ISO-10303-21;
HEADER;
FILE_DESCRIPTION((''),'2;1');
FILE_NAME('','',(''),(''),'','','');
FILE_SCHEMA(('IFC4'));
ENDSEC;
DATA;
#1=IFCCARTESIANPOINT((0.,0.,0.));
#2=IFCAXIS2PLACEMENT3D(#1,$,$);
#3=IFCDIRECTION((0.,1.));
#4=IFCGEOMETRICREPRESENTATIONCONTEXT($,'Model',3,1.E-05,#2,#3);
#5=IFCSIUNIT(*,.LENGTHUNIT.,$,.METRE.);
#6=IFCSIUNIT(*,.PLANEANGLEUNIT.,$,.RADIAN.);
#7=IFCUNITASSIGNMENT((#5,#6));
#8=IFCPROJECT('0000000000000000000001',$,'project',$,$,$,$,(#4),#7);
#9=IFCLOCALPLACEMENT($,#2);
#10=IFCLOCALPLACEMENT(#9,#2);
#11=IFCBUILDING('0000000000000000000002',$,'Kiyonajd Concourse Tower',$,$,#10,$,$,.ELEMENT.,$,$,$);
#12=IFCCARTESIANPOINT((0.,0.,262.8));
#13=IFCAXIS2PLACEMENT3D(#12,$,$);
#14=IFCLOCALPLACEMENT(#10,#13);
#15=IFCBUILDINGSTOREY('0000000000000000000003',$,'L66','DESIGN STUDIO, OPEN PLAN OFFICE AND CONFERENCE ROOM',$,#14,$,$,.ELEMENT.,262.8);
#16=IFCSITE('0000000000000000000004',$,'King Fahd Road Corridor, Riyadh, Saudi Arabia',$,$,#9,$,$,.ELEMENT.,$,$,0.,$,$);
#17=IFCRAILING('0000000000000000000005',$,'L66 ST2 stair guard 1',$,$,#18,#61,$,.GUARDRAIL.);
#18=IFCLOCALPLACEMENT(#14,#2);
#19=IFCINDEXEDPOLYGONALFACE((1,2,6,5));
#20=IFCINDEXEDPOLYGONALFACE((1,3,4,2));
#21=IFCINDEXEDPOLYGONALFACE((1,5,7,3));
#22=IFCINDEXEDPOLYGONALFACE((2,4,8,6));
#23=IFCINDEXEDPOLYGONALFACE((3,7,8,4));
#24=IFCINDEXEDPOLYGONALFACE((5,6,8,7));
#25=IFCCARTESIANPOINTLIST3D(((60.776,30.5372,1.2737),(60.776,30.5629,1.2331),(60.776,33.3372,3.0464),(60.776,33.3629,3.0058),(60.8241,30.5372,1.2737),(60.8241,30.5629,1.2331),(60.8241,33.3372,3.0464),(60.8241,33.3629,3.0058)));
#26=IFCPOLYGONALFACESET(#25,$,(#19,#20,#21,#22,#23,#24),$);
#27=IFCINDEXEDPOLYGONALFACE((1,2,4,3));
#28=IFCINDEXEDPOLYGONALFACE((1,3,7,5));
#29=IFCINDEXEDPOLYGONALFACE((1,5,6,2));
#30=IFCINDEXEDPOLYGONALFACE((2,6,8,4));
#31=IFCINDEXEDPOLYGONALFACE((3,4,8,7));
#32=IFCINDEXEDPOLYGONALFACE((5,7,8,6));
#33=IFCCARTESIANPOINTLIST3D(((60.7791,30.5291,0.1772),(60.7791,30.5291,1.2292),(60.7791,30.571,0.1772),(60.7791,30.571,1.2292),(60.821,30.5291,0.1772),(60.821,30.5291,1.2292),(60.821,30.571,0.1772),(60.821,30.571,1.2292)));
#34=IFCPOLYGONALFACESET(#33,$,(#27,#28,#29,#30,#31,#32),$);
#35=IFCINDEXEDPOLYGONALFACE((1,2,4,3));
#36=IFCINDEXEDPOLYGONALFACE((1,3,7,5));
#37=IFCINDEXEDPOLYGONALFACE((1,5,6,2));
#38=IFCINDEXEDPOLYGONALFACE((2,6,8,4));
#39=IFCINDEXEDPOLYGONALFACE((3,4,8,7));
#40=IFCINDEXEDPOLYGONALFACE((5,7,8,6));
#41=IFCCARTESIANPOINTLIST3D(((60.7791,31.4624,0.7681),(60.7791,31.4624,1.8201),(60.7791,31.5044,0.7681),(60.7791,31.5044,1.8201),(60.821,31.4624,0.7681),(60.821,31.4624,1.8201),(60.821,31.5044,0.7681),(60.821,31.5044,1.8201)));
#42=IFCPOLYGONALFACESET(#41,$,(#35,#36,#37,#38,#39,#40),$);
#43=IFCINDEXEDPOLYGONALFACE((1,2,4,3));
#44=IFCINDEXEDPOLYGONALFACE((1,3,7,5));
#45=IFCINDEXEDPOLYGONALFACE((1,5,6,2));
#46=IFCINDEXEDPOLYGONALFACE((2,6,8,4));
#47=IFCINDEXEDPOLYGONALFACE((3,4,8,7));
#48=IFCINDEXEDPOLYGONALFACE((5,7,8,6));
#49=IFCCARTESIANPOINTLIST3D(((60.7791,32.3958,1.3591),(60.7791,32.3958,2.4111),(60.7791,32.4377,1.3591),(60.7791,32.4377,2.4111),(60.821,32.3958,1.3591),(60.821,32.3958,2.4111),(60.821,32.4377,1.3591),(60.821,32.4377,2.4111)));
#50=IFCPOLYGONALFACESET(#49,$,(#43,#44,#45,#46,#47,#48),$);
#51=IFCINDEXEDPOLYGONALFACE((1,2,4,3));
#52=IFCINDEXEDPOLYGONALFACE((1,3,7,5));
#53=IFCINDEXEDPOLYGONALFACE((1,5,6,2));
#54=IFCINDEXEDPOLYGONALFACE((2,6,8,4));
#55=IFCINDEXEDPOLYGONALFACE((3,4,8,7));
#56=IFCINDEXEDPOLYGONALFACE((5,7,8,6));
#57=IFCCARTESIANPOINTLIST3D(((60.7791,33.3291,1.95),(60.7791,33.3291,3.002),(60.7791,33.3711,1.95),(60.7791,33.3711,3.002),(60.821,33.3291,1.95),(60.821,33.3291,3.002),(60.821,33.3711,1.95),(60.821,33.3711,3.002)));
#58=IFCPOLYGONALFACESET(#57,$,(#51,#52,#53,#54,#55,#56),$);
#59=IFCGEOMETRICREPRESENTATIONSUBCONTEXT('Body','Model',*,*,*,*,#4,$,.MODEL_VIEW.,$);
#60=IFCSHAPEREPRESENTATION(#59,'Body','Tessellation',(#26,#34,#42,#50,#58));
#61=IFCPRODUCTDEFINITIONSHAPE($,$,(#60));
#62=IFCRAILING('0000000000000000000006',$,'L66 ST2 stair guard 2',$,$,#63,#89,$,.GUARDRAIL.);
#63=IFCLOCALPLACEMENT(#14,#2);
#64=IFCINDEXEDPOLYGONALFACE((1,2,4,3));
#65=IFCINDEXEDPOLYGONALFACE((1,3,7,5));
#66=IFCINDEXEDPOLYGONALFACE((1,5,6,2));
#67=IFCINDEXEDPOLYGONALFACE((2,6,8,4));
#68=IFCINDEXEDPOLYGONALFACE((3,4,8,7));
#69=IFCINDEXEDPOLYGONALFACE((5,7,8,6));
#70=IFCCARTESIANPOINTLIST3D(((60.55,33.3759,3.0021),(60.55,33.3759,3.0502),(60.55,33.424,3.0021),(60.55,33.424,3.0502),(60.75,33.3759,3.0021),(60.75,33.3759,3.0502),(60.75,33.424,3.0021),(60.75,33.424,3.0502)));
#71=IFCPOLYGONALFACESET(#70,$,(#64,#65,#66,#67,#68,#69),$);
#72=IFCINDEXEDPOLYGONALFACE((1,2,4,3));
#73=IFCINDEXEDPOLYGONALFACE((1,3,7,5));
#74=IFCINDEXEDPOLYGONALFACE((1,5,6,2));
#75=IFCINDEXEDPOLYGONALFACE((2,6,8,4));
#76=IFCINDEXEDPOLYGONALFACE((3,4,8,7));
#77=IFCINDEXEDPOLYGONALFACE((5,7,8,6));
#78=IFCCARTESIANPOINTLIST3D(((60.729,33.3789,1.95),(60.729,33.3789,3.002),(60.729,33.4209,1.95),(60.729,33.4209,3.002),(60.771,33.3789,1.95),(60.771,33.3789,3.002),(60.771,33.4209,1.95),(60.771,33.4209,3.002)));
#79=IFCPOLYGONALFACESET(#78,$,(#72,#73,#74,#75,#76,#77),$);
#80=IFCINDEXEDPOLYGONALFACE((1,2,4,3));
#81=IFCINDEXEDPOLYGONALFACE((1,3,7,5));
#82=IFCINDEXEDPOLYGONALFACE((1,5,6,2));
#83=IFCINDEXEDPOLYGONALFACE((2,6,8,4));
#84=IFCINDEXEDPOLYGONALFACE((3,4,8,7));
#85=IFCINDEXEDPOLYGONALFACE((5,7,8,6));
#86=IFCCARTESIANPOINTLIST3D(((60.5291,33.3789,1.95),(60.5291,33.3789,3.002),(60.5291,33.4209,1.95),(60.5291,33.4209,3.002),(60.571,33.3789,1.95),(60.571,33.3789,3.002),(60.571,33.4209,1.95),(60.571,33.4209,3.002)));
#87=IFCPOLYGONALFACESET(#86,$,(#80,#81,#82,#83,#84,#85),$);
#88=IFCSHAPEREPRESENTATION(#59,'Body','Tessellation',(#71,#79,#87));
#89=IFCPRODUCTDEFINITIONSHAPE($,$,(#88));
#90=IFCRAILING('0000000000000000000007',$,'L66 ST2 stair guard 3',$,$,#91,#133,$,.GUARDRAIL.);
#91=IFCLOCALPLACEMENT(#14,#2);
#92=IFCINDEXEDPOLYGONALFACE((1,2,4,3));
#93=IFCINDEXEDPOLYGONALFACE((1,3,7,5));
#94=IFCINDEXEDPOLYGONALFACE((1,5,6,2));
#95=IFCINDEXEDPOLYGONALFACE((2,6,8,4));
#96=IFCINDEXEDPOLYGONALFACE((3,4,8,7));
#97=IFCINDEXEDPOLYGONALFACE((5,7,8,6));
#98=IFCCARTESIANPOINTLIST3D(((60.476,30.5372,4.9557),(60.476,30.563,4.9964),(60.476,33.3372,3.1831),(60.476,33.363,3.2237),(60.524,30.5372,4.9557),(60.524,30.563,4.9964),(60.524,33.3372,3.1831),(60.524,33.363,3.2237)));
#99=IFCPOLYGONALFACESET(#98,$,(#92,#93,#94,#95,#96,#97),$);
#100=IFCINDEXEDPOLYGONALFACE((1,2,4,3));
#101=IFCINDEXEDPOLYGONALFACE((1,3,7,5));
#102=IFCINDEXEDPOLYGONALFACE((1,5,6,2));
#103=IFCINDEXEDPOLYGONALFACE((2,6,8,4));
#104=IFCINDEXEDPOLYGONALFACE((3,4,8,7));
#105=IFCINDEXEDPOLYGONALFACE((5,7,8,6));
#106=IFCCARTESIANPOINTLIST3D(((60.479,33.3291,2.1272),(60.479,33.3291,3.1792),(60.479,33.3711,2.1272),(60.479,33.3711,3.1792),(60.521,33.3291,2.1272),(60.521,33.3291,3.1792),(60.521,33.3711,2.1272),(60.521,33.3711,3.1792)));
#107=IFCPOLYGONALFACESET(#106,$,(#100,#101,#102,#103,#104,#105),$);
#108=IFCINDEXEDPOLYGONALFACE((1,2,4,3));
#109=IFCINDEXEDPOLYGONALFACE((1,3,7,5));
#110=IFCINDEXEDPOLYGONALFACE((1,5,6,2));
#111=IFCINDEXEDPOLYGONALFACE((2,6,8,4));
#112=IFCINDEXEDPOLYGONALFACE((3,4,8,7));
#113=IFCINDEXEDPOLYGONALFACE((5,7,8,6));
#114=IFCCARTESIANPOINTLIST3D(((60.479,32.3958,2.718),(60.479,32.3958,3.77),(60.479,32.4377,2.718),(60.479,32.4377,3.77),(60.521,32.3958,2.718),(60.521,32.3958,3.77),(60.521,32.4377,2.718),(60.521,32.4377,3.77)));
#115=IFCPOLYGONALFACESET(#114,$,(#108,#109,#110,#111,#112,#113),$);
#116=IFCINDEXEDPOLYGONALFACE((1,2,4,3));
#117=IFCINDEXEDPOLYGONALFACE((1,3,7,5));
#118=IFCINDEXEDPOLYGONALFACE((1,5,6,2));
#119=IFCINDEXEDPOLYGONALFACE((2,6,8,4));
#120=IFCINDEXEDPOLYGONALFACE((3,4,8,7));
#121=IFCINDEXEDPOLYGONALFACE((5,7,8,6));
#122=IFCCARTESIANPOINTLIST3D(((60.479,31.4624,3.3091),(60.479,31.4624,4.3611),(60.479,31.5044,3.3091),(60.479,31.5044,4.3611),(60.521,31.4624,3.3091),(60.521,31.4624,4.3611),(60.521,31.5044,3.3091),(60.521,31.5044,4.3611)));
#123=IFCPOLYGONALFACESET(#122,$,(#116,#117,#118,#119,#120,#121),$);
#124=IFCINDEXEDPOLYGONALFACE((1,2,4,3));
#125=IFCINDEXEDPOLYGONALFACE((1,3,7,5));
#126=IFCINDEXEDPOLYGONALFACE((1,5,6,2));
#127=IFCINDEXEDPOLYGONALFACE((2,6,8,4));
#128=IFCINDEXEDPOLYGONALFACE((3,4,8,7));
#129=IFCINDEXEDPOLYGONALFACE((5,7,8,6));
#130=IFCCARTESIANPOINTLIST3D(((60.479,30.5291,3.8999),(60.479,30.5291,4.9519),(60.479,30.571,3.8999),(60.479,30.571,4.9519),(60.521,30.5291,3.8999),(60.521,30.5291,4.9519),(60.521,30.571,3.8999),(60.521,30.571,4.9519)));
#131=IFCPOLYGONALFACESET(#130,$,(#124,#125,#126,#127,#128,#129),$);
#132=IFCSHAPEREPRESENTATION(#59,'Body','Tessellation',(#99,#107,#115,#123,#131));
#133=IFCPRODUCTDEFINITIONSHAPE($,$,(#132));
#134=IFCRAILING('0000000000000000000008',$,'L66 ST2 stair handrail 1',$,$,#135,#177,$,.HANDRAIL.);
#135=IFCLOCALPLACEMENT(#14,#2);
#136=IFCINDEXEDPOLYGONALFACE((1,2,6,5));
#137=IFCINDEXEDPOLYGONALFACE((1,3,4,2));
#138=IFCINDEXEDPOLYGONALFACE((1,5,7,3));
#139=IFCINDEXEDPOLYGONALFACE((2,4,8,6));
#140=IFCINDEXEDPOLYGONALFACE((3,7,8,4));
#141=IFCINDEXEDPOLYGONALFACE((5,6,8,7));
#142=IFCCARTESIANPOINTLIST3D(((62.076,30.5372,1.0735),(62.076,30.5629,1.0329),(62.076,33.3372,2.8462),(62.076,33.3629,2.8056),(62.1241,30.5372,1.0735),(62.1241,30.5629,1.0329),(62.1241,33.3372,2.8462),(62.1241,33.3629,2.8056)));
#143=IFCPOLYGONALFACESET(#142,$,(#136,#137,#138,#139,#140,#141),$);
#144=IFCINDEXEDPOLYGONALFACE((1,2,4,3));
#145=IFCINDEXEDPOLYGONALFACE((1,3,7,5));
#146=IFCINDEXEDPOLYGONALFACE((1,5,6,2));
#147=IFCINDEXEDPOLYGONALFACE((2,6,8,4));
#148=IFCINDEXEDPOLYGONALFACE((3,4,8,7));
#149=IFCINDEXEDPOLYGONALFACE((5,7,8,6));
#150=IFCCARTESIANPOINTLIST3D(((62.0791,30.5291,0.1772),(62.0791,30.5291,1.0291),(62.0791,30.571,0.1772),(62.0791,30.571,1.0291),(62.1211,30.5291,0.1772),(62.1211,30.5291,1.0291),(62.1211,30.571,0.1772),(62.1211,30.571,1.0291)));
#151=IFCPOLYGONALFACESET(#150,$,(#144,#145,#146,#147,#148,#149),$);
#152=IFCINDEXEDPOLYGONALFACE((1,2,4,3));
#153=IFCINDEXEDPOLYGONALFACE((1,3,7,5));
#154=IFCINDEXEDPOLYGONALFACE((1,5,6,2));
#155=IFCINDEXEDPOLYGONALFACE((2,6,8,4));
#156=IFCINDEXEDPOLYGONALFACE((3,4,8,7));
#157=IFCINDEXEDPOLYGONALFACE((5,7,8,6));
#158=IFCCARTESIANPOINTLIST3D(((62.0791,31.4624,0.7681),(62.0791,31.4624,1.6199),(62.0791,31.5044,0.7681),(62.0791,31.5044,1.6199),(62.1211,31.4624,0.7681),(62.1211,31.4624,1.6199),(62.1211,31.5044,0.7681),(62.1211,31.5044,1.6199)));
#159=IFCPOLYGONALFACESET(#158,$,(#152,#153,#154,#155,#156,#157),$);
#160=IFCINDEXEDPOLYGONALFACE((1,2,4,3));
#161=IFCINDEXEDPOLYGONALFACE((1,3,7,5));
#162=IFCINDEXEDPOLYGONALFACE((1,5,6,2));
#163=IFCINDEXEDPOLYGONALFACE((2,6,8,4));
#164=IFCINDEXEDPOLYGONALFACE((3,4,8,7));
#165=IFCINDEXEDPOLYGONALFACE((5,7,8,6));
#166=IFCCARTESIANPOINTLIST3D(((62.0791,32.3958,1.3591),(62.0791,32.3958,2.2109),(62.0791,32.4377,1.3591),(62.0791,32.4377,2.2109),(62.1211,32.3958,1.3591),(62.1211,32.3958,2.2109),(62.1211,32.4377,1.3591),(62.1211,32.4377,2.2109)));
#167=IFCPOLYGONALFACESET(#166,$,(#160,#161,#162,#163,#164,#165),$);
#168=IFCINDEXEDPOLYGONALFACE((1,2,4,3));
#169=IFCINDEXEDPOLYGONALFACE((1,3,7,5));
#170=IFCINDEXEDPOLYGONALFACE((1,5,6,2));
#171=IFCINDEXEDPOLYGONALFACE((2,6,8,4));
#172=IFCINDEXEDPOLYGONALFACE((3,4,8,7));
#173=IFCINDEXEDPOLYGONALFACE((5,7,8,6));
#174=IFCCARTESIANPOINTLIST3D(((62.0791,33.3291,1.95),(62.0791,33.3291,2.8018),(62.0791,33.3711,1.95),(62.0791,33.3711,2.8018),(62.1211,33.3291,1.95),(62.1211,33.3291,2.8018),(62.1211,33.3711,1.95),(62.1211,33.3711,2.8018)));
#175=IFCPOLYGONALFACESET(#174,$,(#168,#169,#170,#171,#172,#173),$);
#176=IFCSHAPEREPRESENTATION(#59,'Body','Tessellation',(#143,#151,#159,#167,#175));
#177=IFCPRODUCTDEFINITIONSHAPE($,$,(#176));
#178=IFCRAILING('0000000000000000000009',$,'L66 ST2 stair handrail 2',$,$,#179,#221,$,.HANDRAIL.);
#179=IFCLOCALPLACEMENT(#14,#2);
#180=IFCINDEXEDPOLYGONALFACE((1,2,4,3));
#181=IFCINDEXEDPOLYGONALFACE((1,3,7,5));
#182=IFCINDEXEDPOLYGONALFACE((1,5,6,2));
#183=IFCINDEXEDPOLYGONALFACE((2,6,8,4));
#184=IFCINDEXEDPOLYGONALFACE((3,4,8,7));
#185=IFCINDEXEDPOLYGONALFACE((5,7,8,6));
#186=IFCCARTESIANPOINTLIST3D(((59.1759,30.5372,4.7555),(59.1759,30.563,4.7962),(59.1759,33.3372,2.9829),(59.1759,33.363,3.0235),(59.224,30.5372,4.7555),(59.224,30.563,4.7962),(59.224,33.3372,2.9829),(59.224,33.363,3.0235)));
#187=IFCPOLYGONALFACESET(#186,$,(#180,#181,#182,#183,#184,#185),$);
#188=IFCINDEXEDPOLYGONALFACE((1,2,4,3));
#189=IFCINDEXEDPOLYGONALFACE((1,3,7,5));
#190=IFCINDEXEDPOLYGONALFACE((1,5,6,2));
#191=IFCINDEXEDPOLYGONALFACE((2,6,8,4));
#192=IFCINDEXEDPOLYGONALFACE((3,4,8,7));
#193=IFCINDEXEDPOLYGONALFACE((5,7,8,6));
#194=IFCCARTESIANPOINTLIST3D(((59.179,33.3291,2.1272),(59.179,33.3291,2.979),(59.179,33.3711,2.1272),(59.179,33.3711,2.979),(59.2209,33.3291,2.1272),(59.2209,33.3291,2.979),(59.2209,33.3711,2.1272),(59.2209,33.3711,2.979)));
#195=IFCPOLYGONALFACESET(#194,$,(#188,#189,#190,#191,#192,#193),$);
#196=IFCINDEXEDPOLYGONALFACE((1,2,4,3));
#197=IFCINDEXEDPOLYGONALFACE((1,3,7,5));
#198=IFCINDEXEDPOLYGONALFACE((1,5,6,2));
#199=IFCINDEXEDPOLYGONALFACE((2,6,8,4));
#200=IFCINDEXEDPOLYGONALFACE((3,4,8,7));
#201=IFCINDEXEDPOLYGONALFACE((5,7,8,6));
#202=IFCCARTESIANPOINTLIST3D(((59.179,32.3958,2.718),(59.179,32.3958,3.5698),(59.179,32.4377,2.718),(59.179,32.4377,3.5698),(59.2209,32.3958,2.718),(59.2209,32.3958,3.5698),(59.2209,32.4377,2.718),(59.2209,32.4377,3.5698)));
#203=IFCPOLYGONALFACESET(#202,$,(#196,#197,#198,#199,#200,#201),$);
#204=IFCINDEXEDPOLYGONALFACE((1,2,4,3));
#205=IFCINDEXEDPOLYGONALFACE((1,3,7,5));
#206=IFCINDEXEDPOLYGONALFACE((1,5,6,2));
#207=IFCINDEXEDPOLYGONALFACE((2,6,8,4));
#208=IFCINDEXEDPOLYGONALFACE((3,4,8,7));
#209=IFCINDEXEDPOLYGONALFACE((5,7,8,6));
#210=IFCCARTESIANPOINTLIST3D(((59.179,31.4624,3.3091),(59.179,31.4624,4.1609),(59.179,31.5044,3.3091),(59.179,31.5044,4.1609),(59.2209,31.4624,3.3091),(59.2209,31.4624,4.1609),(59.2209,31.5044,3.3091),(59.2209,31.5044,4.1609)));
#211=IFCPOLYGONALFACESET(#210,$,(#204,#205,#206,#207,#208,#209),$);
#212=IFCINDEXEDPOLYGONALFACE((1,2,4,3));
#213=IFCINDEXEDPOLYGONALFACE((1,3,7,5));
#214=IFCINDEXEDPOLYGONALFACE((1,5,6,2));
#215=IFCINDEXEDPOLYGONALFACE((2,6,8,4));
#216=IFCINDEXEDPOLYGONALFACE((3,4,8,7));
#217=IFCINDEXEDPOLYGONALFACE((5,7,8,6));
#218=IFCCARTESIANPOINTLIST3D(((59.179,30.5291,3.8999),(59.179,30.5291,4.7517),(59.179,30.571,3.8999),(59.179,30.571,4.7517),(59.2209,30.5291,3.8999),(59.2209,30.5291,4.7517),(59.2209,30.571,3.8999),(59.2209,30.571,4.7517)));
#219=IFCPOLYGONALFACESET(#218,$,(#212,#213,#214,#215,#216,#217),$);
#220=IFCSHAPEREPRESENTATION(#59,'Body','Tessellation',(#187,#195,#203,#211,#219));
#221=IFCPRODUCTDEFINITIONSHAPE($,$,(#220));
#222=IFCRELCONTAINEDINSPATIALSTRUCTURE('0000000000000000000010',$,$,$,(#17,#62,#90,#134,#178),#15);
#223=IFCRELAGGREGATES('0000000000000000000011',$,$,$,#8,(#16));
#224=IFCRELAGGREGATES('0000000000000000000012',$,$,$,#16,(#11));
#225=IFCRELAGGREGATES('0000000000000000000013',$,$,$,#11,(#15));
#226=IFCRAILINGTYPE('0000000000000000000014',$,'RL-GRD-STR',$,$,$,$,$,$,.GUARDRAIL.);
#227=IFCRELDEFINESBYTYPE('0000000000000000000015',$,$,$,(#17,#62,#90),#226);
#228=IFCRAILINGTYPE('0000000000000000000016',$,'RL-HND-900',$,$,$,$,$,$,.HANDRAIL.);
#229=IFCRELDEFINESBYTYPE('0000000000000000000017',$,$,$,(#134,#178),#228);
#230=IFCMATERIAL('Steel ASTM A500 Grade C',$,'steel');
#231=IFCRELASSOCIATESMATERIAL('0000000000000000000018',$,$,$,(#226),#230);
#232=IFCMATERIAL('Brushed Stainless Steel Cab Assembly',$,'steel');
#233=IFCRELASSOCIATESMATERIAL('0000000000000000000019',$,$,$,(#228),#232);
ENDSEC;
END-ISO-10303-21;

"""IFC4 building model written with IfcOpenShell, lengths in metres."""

from ifc_helpers import new_model, si_unit, direction, frame, origin, origin_2d, place, context, subcontext, project, spatial, rectangle, extrude, material, type_object, element, save


model = new_model("IFC4")

# Units and contexts
model_context = context("Model", 3, precision=1e-05, world=origin(), true_north=direction((0.0, 1.0)))
body_context = subcontext(model_context, "Body", "Model", "MODEL_VIEW")
ifc_project = project(units=[si_unit("LENGTHUNIT", "METRE"), si_unit("PLANEANGLEUNIT", "RADIAN")], contexts=[model_context])

# Site, building, storey
site_placement = place(None, origin())
site = spatial("IfcSite", under=ifc_project, at=site_placement, Name="King Fahd Road Corridor, Riyadh, Saudi Arabia", CompositionType="ELEMENT", RefElevation=0.0)
building_placement = place(site_placement, origin())
building = spatial("IfcBuilding", under=site, at=building_placement, Name="Kiyonajd Concourse Tower", CompositionType="ELEMENT")
storey_placement = place(building_placement, frame((0.0, 0.0, 262.8)))
storey = spatial("IfcBuildingStorey", under=building, at=storey_placement, Name="L66", Description="DESIGN STUDIO, OPEN PLAN OFFICE AND CONFERENCE ROOM", CompositionType="ELEMENT", Elevation=262.8)

# Railings
ifc_material_1 = material(Name="Steel ASTM A500 Grade C", Category="steel")
railing_type_1 = type_object("IfcRailingType", Name="RL-GRD-STR", PredefinedType="GUARDRAIL", material=ifc_material_1)
railing_1_placement = place(storey_placement, frame((60.8, 30.55, 0.1772)))
element("IfcRailing", 1, at=railing_1_placement, inside=storey, type_object=railing_type_1, Name="L66 ST2 stair guard 1", PredefinedType="GUARDRAIL", context=body_context, shape_type="SweptSolid", body=[
    extrude(rectangle(XDim=0.0481, YDim=0.0481, at=origin_2d()), frame((0.0, 0.0, 1.0762), z_axis=(0.0, 0.844909, 0.53491), x_axis=(-1.0, 0.0, 0.0)), (0.0, 0.0, 1.0), 3.314),
    extrude(rectangle(XDim=0.042, YDim=0.042, at=origin_2d()), origin(), (0.0, 0.0, 1.0), 1.052),
    extrude(rectangle(XDim=0.042, YDim=0.042, at=origin_2d()), frame((0.0, 0.9333, 0.5908)), (0.0, 0.0, 1.0), 1.052),
    extrude(rectangle(XDim=0.042, YDim=0.042, at=origin_2d()), frame((0.0, 1.8667, 1.1819)), (0.0, 0.0, 1.0), 1.052),
    extrude(rectangle(XDim=0.042, YDim=0.042, at=origin_2d()), frame((0.0, 2.8, 1.7727)), (0.0, 0.0, 1.0), 1.052),
])
railing_2_placement = place(storey_placement, frame((60.75, 33.3999, 1.95)))
element("IfcRailing", 2, at=railing_2_placement, inside=storey, type_object=railing_type_1, Name="L66 ST2 stair guard 2", PredefinedType="GUARDRAIL", context=body_context, shape_type="SweptSolid", body=[
    extrude(rectangle(XDim=0.0481, YDim=0.0481, at=origin_2d()), frame((0.0, 0.0, 1.0762), z_axis=(-1.0, 0.0, 0.0), x_axis=(0.0, -1.0, 0.0)), (0.0, 0.0, 1.0), 0.2),
    extrude(rectangle(XDim=0.042, YDim=0.042, at=origin_2d()), origin(), (0.0, 0.0, 1.0), 1.052),
    extrude(rectangle(XDim=0.042, YDim=0.042, at=origin_2d()), frame((-0.2, 0.0, 0.0)), (0.0, 0.0, 1.0), 1.052),
])
railing_3_placement = place(storey_placement, frame((60.5, 33.3501, 2.1272)))
element("IfcRailing", 3, at=railing_3_placement, inside=storey, type_object=railing_type_1, Name="L66 ST2 stair guard 3", PredefinedType="GUARDRAIL", context=body_context, shape_type="SweptSolid", body=[
    extrude(rectangle(XDim=0.0481, YDim=0.0481, at=origin_2d()), frame((0.0, 0.0, 1.0762), z_axis=(0.0, -0.844909, 0.53491), x_axis=(1.0, 0.0, 0.0)), (0.0, 0.0, 1.0), 3.314),
    extrude(rectangle(XDim=0.042, YDim=0.042, at=origin_2d()), origin(), (0.0, 0.0, 1.0), 1.052),
    extrude(rectangle(XDim=0.042, YDim=0.042, at=origin_2d()), frame((0.0, -0.9333, 0.5908)), (0.0, 0.0, 1.0), 1.052),
    extrude(rectangle(XDim=0.042, YDim=0.042, at=origin_2d()), frame((0.0, -1.8667, 1.1819)), (0.0, 0.0, 1.0), 1.052),
    extrude(rectangle(XDim=0.042, YDim=0.042, at=origin_2d()), frame((0.0, -2.8, 1.7727)), (0.0, 0.0, 1.0), 1.052),
])
ifc_material_2 = material(Name="Brushed Stainless Steel Cab Assembly", Category="steel")
railing_type_2 = type_object("IfcRailingType", Name="RL-HND-900", PredefinedType="HANDRAIL", material=ifc_material_2)
railing_4_placement = place(storey_placement, frame((62.1001, 30.55, 0.1772)))
element("IfcRailing", 4, at=railing_4_placement, inside=storey, type_object=railing_type_2, Name="L66 ST2 stair handrail 1", PredefinedType="HANDRAIL", context=body_context, shape_type="SweptSolid", body=[
    extrude(rectangle(XDim=0.0481, YDim=0.0481, at=origin_2d()), frame((0.0, 0.0, 0.876), z_axis=(0.0, 0.844909, 0.53491), x_axis=(-1.0, 0.0, 0.0)), (0.0, 0.0, 1.0), 3.314),
    extrude(rectangle(XDim=0.042, YDim=0.042, at=origin_2d()), origin(), (0.0, 0.0, 1.0), 0.8518),
    extrude(rectangle(XDim=0.042, YDim=0.042, at=origin_2d()), frame((0.0, 0.9333, 0.5908)), (0.0, 0.0, 1.0), 0.8518),
    extrude(rectangle(XDim=0.042, YDim=0.042, at=origin_2d()), frame((0.0, 1.8667, 1.1819)), (0.0, 0.0, 1.0), 0.8518),
    extrude(rectangle(XDim=0.042, YDim=0.042, at=origin_2d()), frame((0.0, 2.8, 1.7727)), (0.0, 0.0, 1.0), 0.8518),
])
railing_5_placement = place(storey_placement, frame((59.2, 33.3501, 2.1272)))
element("IfcRailing", 5, at=railing_5_placement, inside=storey, type_object=railing_type_2, Name="L66 ST2 stair handrail 2", PredefinedType="HANDRAIL", context=body_context, shape_type="SweptSolid", body=[
    extrude(rectangle(XDim=0.0481, YDim=0.0481, at=origin_2d()), frame((0.0, 0.0, 0.876), z_axis=(0.0, -0.844909, 0.53491), x_axis=(1.0, 0.0, 0.0)), (0.0, 0.0, 1.0), 3.314),
    extrude(rectangle(XDim=0.042, YDim=0.042, at=origin_2d()), origin(), (0.0, 0.0, 1.0), 0.8518),
    extrude(rectangle(XDim=0.042, YDim=0.042, at=origin_2d()), frame((0.0, -0.9333, 0.5908)), (0.0, 0.0, 1.0), 0.8518),
    extrude(rectangle(XDim=0.042, YDim=0.042, at=origin_2d()), frame((0.0, -1.8667, 1.1819)), (0.0, 0.0, 1.0), 0.8518),
    extrude(rectangle(XDim=0.042, YDim=0.042, at=origin_2d()), frame((0.0, -2.8, 1.7727)), (0.0, 0.0, 1.0), 0.8518),
])

save(model, "model.ifc")
